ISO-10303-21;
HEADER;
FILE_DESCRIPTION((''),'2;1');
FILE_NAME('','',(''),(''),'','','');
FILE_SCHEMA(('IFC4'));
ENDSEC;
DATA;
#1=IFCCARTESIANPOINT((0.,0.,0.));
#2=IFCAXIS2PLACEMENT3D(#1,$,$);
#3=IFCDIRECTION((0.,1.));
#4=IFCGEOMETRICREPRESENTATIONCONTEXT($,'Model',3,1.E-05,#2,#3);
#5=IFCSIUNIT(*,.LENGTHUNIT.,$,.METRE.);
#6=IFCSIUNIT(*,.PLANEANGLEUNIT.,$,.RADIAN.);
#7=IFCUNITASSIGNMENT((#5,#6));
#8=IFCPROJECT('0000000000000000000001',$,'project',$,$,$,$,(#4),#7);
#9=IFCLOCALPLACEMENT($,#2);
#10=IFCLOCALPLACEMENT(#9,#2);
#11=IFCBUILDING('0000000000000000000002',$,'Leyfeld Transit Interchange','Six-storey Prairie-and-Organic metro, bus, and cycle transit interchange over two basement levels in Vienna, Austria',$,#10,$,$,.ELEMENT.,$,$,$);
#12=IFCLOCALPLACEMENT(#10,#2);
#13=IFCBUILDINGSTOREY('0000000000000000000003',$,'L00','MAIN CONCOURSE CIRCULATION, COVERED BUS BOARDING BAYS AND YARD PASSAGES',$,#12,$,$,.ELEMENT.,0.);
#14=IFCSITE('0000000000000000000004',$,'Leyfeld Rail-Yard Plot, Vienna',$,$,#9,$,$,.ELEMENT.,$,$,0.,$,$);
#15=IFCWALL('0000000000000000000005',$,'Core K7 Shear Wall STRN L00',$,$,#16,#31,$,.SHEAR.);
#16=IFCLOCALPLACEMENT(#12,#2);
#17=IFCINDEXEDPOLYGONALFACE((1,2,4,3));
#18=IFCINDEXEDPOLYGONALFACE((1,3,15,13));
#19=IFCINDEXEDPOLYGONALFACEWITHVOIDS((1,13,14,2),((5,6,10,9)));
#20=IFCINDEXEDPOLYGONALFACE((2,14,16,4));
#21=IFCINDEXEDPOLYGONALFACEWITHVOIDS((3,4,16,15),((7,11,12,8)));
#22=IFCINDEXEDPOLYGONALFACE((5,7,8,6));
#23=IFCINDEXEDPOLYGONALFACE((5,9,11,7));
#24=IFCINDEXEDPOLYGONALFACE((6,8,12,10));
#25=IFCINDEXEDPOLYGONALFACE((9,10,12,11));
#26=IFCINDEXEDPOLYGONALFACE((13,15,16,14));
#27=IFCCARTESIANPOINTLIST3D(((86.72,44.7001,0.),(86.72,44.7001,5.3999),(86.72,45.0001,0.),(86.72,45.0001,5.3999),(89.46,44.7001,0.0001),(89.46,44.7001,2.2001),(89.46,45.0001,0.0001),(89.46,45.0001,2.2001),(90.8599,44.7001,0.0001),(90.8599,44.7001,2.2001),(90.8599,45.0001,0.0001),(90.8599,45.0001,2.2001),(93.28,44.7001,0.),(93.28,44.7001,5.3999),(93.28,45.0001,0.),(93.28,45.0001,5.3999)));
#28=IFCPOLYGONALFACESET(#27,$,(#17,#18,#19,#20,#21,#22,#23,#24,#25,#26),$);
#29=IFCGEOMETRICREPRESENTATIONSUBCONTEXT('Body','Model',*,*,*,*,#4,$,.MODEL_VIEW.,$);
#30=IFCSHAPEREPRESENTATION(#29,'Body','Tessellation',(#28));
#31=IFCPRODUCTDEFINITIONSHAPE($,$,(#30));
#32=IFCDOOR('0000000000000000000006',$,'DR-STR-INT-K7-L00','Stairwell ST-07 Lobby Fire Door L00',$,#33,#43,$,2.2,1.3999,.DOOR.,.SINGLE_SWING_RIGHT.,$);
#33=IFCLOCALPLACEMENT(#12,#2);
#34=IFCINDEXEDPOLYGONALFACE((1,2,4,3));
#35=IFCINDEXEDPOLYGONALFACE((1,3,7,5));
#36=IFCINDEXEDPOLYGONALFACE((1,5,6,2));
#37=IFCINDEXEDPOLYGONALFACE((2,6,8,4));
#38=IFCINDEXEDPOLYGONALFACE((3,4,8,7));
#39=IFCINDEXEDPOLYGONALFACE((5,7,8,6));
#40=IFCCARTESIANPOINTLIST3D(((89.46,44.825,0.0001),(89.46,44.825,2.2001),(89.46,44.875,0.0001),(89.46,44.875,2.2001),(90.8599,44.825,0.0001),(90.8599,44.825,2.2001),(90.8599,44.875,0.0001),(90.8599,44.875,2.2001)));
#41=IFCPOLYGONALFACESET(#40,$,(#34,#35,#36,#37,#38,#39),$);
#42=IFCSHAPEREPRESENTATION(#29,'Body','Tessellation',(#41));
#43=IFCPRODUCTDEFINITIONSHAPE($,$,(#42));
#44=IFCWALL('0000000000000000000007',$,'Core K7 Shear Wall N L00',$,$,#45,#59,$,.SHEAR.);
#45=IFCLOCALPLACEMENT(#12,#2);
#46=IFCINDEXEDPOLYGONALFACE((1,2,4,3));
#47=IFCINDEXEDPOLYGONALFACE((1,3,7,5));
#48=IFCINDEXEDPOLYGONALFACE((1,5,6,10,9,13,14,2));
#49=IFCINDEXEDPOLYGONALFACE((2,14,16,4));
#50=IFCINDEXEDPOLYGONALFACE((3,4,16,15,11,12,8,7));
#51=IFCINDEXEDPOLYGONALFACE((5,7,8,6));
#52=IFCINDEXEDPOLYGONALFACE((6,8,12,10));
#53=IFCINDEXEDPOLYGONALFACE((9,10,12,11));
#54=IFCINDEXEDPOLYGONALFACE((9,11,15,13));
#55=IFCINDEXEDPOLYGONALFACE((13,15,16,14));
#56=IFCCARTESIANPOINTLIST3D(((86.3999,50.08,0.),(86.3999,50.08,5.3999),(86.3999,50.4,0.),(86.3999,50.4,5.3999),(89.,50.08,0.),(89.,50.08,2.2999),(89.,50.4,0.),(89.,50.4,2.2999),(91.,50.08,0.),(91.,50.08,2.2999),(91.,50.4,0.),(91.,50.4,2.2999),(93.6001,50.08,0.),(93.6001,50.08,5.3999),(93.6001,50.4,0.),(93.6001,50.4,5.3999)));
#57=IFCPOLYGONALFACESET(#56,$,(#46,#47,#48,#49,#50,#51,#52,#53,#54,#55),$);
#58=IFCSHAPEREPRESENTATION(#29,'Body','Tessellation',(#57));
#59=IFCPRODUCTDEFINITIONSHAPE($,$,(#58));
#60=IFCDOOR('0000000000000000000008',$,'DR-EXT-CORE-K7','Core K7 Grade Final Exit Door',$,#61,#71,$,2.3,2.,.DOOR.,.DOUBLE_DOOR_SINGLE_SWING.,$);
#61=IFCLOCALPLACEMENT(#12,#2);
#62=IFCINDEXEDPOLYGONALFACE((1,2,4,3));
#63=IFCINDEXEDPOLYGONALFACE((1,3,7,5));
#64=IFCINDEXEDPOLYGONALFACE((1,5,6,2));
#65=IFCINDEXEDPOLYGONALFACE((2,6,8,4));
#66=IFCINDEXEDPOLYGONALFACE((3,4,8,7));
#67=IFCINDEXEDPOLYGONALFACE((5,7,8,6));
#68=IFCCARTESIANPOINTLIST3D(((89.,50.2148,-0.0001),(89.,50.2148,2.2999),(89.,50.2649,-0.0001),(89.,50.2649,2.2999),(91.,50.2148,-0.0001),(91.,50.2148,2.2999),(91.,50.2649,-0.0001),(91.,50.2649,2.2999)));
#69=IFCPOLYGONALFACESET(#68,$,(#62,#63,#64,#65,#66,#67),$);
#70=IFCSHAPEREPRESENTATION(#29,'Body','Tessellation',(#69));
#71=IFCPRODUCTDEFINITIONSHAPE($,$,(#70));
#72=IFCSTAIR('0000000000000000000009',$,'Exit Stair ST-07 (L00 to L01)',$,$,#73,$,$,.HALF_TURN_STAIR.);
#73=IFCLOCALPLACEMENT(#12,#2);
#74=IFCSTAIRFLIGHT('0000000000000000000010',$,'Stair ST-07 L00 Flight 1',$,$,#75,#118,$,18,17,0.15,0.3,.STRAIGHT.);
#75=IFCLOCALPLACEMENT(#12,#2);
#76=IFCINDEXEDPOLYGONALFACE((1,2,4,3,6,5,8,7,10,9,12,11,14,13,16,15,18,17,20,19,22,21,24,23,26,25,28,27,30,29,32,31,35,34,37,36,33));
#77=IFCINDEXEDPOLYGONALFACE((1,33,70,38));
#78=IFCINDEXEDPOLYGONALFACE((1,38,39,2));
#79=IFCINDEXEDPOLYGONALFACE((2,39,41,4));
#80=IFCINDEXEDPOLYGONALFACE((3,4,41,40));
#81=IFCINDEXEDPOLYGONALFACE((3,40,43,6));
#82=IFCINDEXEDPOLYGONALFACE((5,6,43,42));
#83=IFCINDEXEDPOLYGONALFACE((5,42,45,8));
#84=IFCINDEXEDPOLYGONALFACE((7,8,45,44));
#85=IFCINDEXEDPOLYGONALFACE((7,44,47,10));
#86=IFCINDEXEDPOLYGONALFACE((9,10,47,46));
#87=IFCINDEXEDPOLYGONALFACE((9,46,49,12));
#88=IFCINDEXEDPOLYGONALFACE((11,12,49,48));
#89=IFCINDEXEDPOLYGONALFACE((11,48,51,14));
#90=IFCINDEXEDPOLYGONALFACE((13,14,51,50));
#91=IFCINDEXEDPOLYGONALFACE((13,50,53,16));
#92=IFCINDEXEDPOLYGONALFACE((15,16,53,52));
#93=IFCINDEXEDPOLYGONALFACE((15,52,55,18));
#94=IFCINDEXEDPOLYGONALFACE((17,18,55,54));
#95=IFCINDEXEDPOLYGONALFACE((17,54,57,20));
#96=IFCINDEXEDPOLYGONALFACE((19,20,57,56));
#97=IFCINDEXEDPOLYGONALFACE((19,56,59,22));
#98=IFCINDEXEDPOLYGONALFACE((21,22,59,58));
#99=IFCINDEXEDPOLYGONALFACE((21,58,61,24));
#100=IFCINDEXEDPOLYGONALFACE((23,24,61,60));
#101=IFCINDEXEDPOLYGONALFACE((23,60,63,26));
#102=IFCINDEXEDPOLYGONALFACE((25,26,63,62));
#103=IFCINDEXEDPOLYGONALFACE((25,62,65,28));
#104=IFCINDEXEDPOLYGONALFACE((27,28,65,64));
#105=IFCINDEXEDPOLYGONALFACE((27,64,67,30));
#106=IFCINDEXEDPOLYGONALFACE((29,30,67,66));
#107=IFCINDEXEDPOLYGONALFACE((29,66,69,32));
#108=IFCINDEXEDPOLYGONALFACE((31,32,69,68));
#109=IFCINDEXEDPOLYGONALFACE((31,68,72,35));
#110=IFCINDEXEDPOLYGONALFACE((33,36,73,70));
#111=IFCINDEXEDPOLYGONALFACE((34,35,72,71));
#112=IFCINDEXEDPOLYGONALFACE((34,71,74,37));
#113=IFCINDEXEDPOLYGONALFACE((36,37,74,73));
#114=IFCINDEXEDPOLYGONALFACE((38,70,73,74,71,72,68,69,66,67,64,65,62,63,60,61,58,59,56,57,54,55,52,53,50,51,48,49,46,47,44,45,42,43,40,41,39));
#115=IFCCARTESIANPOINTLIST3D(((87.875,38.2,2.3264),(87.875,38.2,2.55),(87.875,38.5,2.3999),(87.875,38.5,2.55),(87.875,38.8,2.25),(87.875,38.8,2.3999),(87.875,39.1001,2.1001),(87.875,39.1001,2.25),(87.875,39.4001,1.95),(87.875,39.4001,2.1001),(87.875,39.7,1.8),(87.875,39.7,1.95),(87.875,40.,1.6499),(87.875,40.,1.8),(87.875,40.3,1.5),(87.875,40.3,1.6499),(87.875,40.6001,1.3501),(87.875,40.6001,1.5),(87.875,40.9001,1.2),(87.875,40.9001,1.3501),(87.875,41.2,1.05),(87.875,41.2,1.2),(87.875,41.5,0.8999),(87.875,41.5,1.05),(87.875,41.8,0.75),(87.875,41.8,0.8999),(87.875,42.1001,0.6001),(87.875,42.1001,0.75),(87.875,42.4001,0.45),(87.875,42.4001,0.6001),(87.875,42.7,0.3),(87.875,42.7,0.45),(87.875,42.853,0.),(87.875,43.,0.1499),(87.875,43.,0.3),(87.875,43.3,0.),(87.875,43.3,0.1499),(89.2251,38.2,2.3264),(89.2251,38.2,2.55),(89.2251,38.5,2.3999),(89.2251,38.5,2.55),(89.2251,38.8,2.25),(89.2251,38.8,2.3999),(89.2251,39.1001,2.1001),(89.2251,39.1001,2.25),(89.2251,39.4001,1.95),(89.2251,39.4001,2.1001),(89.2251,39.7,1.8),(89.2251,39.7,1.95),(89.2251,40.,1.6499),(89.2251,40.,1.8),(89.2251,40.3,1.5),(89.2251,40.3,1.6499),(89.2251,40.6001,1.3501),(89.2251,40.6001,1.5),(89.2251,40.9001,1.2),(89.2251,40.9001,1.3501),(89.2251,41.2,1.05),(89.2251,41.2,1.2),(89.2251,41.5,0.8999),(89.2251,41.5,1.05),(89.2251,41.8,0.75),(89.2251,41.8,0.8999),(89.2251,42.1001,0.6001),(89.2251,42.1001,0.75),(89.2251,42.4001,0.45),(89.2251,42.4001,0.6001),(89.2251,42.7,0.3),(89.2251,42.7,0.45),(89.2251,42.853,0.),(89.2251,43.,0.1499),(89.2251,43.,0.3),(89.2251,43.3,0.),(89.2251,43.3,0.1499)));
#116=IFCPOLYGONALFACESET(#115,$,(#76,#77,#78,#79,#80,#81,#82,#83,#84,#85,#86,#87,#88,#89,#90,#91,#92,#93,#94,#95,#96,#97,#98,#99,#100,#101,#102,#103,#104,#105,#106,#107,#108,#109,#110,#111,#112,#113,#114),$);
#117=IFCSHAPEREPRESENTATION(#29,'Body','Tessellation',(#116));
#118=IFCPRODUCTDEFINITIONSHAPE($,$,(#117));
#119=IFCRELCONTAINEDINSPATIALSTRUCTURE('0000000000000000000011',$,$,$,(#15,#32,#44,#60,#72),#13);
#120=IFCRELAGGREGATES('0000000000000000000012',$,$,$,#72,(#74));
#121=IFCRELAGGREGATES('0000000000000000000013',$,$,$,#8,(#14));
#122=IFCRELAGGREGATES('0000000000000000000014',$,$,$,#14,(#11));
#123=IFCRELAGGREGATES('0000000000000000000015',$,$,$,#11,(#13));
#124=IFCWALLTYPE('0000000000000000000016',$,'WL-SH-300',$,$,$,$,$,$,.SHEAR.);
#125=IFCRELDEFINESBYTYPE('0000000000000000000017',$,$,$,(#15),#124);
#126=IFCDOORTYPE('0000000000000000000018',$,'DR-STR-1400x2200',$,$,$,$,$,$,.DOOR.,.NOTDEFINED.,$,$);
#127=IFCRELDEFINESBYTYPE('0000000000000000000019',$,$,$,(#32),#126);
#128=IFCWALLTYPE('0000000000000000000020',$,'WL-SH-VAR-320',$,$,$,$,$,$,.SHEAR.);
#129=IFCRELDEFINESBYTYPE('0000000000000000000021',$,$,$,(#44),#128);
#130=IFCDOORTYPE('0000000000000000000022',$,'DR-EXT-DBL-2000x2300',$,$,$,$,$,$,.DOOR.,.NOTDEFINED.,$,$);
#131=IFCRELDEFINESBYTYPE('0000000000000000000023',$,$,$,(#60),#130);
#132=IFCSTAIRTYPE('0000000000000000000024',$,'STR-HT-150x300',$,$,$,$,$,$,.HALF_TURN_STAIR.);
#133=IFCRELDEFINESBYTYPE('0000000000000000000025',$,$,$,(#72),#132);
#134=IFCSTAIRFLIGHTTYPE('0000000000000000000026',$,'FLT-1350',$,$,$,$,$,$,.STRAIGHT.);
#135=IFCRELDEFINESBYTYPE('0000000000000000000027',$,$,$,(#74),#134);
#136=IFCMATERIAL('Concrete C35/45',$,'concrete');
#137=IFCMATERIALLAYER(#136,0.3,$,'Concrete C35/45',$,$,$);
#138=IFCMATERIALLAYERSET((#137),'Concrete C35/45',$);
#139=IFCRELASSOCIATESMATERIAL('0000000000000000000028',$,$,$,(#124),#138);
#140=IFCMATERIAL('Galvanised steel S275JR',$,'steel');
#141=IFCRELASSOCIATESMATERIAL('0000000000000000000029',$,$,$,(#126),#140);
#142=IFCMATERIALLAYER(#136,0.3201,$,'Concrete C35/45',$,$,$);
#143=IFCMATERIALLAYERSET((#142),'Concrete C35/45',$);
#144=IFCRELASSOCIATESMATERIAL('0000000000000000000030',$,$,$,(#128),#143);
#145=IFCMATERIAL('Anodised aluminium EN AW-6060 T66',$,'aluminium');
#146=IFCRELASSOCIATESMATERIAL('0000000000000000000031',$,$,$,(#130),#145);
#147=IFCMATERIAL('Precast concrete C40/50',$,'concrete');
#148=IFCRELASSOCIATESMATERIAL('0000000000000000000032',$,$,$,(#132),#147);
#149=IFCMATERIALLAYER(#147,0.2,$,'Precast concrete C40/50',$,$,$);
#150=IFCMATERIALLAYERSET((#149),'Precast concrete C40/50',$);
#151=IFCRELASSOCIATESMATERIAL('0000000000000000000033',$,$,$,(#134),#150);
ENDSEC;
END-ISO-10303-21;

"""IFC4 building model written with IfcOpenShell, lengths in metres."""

from ifc_helpers import new_model, si_unit, direction, frame, frame_2d, origin, place, context, subcontext, project, spatial, polyline, rectangle, outline, extrude, material, layer, layer_set, type_object, element, fill, aggregate, save


model = new_model("IFC4")

# Units and contexts
model_context = context("Model", 3, precision=1e-05, world=origin(), true_north=direction((0.0, 1.0)))
body_context = subcontext(model_context, "Body", "Model", "MODEL_VIEW")
ifc_project = project(units=[si_unit("LENGTHUNIT", "METRE"), si_unit("PLANEANGLEUNIT", "RADIAN")], contexts=[model_context])

# Site, building, storey
site_placement = place(None, origin())
site = spatial("IfcSite", under=ifc_project, at=site_placement, Name="Leyfeld Rail-Yard Plot, Vienna", CompositionType="ELEMENT", RefElevation=0.0)
building_placement = place(site_placement, origin())
building = spatial("IfcBuilding", under=site, at=building_placement, Name="Leyfeld Transit Interchange", Description="Six-storey Prairie-and-Organic metro, bus, and cycle transit interchange over two basement levels in Vienna, Austria", CompositionType="ELEMENT")
storey_placement = place(building_placement, origin())
storey = spatial("IfcBuildingStorey", under=building, at=storey_placement, Name="L00", Description="MAIN CONCOURSE CIRCULATION, COVERED BUS BOARDING BAYS AND YARD PASSAGES", CompositionType="ELEMENT", Elevation=0.0)

# Shared definitions
ifc_material_1 = material(Name="Concrete C35/45", Category="concrete")

# Shared definitions
ifc_material_2 = material(Name="Anodised aluminium EN AW-6060 T66", Category="aluminium")

# Walls, openings, doors
ifc_layer_1 = layer(ifc_material_1, 0.3, Name="Concrete C35/45")
ifc_layer_set_1 = layer_set([ifc_layer_1], Name="Concrete C35/45")
wall_type_1 = type_object("IfcWallType", Name="WL-SH-300", PredefinedType="SHEAR", material=ifc_layer_set_1)
wall_1_placement = place(storey_placement, frame((86.72, 44.8501, 0.0), z_axis=(0.0, 0.0, 1.0), x_axis=(1.0, 0.0, 0.0)))
wall_1 = element("IfcWall", 1, at=wall_1_placement, inside=storey, type_object=wall_type_1, Name="Core K7 Shear Wall STRN L00", PredefinedType="SHEAR", context=body_context, shape_type="SweptSolid", body=[
    extrude(rectangle(XDim=6.5601, YDim=0.3, at=frame_2d((3.28, 0.0))), origin(), (0.0, 0.0, 1.0), 5.3999),
])
opening_1_placement = place(wall_1_placement, frame((2.74, 0.0, 0.0)))
opening_1 = element("IfcOpeningElement", 2, at=opening_1_placement, cuts=wall_1, PredefinedType="OPENING", context=body_context, shape_type="SweptSolid", body=[
    extrude(rectangle(XDim=1.3999, YDim=2.2, at=frame_2d((0.7, 1.1001))), frame((0.0, 0.1599, 0.0), z_axis=(0.0, -1.0, 0.0), x_axis=(1.0, 0.0, 0.0)), (0.0, 0.0, 1.0), 0.3201),
])
ifc_material_3 = material(Name="Galvanised steel S275JR", Category="steel")
door_type_1 = type_object("IfcDoorType", Name="DR-STR-1400x2200", OperationType="NOTDEFINED", PredefinedType="DOOR", material=ifc_material_3)
door_1_placement = place(opening_1_placement, origin())
door_1 = element("IfcDoor", 3, at=door_1_placement, inside=storey, type_object=door_type_1, Name="DR-STR-INT-K7-L00", Description="Stairwell ST-07 Lobby Fire Door L00", OperationType="SINGLE_SWING_RIGHT", OverallHeight=2.2, OverallWidth=1.3999, PredefinedType="DOOR", context=body_context, shape_type="SweptSolid", body=[
    extrude(rectangle(XDim=1.3999, YDim=2.2, at=frame_2d((0.7, 1.1001))), frame((0.0, 0.0249, 0.0), z_axis=(0.0, -1.0, 0.0), x_axis=(1.0, 0.0, 0.0)), (0.0, 0.0, 1.0), 0.05),
])
fill(opening_1, door_1)
ifc_layer_2 = layer(ifc_material_1, 0.3201, Name="Concrete C35/45")
ifc_layer_set_2 = layer_set([ifc_layer_2], Name="Concrete C35/45")
wall_type_2 = type_object("IfcWallType", Name="WL-SH-VAR-320", PredefinedType="SHEAR", material=ifc_layer_set_2)
wall_2_placement = place(storey_placement, frame((86.3999, 50.24, 0.0), z_axis=(0.0, 0.0, 1.0), x_axis=(1.0, 0.0, 0.0)))
wall_2 = element("IfcWall", 4, at=wall_2_placement, inside=storey, type_object=wall_type_2, Name="Core K7 Shear Wall N L00", PredefinedType="SHEAR", context=body_context, shape_type="SweptSolid", body=[
    extrude(rectangle(XDim=7.2002, YDim=0.3201, at=frame_2d((3.6001, 0.0))), origin(), (0.0, 0.0, 1.0), 5.3999),
])
opening_2_placement = place(wall_2_placement, frame((2.6001, 0.0, 0.0)))
opening_2 = element("IfcOpeningElement", 5, at=opening_2_placement, cuts=wall_2, PredefinedType="OPENING", context=body_context, shape_type="SweptSolid", body=[
    extrude(rectangle(XDim=2.0, YDim=2.3, at=frame_2d((1.0, 1.1499))), frame((0.0, 0.1699, 0.0), z_axis=(0.0, -1.0, 0.0), x_axis=(1.0, 0.0, 0.0)), (0.0, 0.0, 1.0), 0.3401),
])
door_type_2 = type_object("IfcDoorType", Name="DR-EXT-DBL-2000x2300", OperationType="NOTDEFINED", PredefinedType="DOOR", material=ifc_material_2)
door_2_placement = place(opening_2_placement, origin())
door_2 = element("IfcDoor", 6, at=door_2_placement, inside=storey, type_object=door_type_2, Name="DR-EXT-CORE-K7", Description="Core K7 Grade Final Exit Door", OperationType="DOUBLE_DOOR_SINGLE_SWING", OverallHeight=2.3, OverallWidth=2.0, PredefinedType="DOOR", context=body_context, shape_type="SweptSolid", body=[
    extrude(rectangle(XDim=2.0, YDim=2.3, at=frame_2d((1.0, 1.1499))), frame((0.0, 0.0249, 0.0), z_axis=(0.0, -1.0, 0.0), x_axis=(1.0, 0.0, 0.0)), (0.0, 0.0, 1.0), 0.05),
])
fill(opening_2, door_2)

# Stair, stair flight
ifc_material_4 = material(Name="Precast concrete C40/50", Category="concrete")
stair_type = type_object("IfcStairType", Name="STR-HT-150x300", PredefinedType="HALF_TURN_STAIR", material=ifc_material_4)
stair_placement = place(storey_placement, origin())
stair = element("IfcStair", 7, at=stair_placement, inside=storey, type_object=stair_type, Name="Exit Stair ST-07 (L00 to L01)", PredefinedType="HALF_TURN_STAIR")
ifc_layer_3 = layer(ifc_material_4, 0.2, Name="Precast concrete C40/50")
ifc_layer_set_3 = layer_set([ifc_layer_3], Name="Precast concrete C40/50")
stair_flight_type = type_object("IfcStairFlightType", Name="FLT-1350", PredefinedType="STRAIGHT", material=ifc_layer_set_3)
stair_flight_placement = place(storey_placement, frame((88.55, 43.3, 0.0), z_axis=(0.0, 0.0, 1.0), x_axis=(0.0, -1.0, 0.0)))
stair_flight = element("IfcStairFlight", 8, at=stair_flight_placement, type_object=stair_flight_type, Name="Stair ST-07 L00 Flight 1", NumberOfRisers=18, NumberOfTreads=17, PredefinedType="STRAIGHT", RiserHeight=0.15, TreadLength=0.3, context=body_context, shape_type="SweptSolid", body=[
    extrude(outline(polyline([(0.0, 0.0), (0.0, 0.1499), (0.3, 0.1499), (0.3, 0.3), (0.6001, 0.3), (0.6001, 0.45), (0.8999, 0.45), (0.8999, 0.6001), (1.2, 0.6001), (1.2, 0.75), (1.5, 0.75), (1.5, 0.8999), (1.8, 0.8999), (1.8, 1.05), (2.1001, 1.05), (2.1001, 1.2), (2.3999, 1.2), (2.3999, 1.3501), (2.7, 1.3501), (2.7, 1.5), (3.0, 1.5), (3.0, 1.6499), (3.3, 1.6499), (3.3, 1.8), (3.6001, 1.8), (3.6001, 1.95), (3.8999, 1.95), (3.8999, 2.1001), (4.2, 2.1001), (4.2, 2.25), (4.5, 2.25), (4.5, 2.3999), (4.8, 2.3999), (4.8, 2.55), (5.1001, 2.55), (5.1001, 2.7), (5.1001, 2.3264), (0.447, 0.0), (0.0, 0.0)])), frame((0.0, 0.675, 0.0), z_axis=(0.0, -1.0, 0.0), x_axis=(1.0, 0.0, 0.0)), (0.0, 0.0, 1.0), 1.3501),
])
aggregate(stair, [stair_flight])

save(model, "model.ifc")
